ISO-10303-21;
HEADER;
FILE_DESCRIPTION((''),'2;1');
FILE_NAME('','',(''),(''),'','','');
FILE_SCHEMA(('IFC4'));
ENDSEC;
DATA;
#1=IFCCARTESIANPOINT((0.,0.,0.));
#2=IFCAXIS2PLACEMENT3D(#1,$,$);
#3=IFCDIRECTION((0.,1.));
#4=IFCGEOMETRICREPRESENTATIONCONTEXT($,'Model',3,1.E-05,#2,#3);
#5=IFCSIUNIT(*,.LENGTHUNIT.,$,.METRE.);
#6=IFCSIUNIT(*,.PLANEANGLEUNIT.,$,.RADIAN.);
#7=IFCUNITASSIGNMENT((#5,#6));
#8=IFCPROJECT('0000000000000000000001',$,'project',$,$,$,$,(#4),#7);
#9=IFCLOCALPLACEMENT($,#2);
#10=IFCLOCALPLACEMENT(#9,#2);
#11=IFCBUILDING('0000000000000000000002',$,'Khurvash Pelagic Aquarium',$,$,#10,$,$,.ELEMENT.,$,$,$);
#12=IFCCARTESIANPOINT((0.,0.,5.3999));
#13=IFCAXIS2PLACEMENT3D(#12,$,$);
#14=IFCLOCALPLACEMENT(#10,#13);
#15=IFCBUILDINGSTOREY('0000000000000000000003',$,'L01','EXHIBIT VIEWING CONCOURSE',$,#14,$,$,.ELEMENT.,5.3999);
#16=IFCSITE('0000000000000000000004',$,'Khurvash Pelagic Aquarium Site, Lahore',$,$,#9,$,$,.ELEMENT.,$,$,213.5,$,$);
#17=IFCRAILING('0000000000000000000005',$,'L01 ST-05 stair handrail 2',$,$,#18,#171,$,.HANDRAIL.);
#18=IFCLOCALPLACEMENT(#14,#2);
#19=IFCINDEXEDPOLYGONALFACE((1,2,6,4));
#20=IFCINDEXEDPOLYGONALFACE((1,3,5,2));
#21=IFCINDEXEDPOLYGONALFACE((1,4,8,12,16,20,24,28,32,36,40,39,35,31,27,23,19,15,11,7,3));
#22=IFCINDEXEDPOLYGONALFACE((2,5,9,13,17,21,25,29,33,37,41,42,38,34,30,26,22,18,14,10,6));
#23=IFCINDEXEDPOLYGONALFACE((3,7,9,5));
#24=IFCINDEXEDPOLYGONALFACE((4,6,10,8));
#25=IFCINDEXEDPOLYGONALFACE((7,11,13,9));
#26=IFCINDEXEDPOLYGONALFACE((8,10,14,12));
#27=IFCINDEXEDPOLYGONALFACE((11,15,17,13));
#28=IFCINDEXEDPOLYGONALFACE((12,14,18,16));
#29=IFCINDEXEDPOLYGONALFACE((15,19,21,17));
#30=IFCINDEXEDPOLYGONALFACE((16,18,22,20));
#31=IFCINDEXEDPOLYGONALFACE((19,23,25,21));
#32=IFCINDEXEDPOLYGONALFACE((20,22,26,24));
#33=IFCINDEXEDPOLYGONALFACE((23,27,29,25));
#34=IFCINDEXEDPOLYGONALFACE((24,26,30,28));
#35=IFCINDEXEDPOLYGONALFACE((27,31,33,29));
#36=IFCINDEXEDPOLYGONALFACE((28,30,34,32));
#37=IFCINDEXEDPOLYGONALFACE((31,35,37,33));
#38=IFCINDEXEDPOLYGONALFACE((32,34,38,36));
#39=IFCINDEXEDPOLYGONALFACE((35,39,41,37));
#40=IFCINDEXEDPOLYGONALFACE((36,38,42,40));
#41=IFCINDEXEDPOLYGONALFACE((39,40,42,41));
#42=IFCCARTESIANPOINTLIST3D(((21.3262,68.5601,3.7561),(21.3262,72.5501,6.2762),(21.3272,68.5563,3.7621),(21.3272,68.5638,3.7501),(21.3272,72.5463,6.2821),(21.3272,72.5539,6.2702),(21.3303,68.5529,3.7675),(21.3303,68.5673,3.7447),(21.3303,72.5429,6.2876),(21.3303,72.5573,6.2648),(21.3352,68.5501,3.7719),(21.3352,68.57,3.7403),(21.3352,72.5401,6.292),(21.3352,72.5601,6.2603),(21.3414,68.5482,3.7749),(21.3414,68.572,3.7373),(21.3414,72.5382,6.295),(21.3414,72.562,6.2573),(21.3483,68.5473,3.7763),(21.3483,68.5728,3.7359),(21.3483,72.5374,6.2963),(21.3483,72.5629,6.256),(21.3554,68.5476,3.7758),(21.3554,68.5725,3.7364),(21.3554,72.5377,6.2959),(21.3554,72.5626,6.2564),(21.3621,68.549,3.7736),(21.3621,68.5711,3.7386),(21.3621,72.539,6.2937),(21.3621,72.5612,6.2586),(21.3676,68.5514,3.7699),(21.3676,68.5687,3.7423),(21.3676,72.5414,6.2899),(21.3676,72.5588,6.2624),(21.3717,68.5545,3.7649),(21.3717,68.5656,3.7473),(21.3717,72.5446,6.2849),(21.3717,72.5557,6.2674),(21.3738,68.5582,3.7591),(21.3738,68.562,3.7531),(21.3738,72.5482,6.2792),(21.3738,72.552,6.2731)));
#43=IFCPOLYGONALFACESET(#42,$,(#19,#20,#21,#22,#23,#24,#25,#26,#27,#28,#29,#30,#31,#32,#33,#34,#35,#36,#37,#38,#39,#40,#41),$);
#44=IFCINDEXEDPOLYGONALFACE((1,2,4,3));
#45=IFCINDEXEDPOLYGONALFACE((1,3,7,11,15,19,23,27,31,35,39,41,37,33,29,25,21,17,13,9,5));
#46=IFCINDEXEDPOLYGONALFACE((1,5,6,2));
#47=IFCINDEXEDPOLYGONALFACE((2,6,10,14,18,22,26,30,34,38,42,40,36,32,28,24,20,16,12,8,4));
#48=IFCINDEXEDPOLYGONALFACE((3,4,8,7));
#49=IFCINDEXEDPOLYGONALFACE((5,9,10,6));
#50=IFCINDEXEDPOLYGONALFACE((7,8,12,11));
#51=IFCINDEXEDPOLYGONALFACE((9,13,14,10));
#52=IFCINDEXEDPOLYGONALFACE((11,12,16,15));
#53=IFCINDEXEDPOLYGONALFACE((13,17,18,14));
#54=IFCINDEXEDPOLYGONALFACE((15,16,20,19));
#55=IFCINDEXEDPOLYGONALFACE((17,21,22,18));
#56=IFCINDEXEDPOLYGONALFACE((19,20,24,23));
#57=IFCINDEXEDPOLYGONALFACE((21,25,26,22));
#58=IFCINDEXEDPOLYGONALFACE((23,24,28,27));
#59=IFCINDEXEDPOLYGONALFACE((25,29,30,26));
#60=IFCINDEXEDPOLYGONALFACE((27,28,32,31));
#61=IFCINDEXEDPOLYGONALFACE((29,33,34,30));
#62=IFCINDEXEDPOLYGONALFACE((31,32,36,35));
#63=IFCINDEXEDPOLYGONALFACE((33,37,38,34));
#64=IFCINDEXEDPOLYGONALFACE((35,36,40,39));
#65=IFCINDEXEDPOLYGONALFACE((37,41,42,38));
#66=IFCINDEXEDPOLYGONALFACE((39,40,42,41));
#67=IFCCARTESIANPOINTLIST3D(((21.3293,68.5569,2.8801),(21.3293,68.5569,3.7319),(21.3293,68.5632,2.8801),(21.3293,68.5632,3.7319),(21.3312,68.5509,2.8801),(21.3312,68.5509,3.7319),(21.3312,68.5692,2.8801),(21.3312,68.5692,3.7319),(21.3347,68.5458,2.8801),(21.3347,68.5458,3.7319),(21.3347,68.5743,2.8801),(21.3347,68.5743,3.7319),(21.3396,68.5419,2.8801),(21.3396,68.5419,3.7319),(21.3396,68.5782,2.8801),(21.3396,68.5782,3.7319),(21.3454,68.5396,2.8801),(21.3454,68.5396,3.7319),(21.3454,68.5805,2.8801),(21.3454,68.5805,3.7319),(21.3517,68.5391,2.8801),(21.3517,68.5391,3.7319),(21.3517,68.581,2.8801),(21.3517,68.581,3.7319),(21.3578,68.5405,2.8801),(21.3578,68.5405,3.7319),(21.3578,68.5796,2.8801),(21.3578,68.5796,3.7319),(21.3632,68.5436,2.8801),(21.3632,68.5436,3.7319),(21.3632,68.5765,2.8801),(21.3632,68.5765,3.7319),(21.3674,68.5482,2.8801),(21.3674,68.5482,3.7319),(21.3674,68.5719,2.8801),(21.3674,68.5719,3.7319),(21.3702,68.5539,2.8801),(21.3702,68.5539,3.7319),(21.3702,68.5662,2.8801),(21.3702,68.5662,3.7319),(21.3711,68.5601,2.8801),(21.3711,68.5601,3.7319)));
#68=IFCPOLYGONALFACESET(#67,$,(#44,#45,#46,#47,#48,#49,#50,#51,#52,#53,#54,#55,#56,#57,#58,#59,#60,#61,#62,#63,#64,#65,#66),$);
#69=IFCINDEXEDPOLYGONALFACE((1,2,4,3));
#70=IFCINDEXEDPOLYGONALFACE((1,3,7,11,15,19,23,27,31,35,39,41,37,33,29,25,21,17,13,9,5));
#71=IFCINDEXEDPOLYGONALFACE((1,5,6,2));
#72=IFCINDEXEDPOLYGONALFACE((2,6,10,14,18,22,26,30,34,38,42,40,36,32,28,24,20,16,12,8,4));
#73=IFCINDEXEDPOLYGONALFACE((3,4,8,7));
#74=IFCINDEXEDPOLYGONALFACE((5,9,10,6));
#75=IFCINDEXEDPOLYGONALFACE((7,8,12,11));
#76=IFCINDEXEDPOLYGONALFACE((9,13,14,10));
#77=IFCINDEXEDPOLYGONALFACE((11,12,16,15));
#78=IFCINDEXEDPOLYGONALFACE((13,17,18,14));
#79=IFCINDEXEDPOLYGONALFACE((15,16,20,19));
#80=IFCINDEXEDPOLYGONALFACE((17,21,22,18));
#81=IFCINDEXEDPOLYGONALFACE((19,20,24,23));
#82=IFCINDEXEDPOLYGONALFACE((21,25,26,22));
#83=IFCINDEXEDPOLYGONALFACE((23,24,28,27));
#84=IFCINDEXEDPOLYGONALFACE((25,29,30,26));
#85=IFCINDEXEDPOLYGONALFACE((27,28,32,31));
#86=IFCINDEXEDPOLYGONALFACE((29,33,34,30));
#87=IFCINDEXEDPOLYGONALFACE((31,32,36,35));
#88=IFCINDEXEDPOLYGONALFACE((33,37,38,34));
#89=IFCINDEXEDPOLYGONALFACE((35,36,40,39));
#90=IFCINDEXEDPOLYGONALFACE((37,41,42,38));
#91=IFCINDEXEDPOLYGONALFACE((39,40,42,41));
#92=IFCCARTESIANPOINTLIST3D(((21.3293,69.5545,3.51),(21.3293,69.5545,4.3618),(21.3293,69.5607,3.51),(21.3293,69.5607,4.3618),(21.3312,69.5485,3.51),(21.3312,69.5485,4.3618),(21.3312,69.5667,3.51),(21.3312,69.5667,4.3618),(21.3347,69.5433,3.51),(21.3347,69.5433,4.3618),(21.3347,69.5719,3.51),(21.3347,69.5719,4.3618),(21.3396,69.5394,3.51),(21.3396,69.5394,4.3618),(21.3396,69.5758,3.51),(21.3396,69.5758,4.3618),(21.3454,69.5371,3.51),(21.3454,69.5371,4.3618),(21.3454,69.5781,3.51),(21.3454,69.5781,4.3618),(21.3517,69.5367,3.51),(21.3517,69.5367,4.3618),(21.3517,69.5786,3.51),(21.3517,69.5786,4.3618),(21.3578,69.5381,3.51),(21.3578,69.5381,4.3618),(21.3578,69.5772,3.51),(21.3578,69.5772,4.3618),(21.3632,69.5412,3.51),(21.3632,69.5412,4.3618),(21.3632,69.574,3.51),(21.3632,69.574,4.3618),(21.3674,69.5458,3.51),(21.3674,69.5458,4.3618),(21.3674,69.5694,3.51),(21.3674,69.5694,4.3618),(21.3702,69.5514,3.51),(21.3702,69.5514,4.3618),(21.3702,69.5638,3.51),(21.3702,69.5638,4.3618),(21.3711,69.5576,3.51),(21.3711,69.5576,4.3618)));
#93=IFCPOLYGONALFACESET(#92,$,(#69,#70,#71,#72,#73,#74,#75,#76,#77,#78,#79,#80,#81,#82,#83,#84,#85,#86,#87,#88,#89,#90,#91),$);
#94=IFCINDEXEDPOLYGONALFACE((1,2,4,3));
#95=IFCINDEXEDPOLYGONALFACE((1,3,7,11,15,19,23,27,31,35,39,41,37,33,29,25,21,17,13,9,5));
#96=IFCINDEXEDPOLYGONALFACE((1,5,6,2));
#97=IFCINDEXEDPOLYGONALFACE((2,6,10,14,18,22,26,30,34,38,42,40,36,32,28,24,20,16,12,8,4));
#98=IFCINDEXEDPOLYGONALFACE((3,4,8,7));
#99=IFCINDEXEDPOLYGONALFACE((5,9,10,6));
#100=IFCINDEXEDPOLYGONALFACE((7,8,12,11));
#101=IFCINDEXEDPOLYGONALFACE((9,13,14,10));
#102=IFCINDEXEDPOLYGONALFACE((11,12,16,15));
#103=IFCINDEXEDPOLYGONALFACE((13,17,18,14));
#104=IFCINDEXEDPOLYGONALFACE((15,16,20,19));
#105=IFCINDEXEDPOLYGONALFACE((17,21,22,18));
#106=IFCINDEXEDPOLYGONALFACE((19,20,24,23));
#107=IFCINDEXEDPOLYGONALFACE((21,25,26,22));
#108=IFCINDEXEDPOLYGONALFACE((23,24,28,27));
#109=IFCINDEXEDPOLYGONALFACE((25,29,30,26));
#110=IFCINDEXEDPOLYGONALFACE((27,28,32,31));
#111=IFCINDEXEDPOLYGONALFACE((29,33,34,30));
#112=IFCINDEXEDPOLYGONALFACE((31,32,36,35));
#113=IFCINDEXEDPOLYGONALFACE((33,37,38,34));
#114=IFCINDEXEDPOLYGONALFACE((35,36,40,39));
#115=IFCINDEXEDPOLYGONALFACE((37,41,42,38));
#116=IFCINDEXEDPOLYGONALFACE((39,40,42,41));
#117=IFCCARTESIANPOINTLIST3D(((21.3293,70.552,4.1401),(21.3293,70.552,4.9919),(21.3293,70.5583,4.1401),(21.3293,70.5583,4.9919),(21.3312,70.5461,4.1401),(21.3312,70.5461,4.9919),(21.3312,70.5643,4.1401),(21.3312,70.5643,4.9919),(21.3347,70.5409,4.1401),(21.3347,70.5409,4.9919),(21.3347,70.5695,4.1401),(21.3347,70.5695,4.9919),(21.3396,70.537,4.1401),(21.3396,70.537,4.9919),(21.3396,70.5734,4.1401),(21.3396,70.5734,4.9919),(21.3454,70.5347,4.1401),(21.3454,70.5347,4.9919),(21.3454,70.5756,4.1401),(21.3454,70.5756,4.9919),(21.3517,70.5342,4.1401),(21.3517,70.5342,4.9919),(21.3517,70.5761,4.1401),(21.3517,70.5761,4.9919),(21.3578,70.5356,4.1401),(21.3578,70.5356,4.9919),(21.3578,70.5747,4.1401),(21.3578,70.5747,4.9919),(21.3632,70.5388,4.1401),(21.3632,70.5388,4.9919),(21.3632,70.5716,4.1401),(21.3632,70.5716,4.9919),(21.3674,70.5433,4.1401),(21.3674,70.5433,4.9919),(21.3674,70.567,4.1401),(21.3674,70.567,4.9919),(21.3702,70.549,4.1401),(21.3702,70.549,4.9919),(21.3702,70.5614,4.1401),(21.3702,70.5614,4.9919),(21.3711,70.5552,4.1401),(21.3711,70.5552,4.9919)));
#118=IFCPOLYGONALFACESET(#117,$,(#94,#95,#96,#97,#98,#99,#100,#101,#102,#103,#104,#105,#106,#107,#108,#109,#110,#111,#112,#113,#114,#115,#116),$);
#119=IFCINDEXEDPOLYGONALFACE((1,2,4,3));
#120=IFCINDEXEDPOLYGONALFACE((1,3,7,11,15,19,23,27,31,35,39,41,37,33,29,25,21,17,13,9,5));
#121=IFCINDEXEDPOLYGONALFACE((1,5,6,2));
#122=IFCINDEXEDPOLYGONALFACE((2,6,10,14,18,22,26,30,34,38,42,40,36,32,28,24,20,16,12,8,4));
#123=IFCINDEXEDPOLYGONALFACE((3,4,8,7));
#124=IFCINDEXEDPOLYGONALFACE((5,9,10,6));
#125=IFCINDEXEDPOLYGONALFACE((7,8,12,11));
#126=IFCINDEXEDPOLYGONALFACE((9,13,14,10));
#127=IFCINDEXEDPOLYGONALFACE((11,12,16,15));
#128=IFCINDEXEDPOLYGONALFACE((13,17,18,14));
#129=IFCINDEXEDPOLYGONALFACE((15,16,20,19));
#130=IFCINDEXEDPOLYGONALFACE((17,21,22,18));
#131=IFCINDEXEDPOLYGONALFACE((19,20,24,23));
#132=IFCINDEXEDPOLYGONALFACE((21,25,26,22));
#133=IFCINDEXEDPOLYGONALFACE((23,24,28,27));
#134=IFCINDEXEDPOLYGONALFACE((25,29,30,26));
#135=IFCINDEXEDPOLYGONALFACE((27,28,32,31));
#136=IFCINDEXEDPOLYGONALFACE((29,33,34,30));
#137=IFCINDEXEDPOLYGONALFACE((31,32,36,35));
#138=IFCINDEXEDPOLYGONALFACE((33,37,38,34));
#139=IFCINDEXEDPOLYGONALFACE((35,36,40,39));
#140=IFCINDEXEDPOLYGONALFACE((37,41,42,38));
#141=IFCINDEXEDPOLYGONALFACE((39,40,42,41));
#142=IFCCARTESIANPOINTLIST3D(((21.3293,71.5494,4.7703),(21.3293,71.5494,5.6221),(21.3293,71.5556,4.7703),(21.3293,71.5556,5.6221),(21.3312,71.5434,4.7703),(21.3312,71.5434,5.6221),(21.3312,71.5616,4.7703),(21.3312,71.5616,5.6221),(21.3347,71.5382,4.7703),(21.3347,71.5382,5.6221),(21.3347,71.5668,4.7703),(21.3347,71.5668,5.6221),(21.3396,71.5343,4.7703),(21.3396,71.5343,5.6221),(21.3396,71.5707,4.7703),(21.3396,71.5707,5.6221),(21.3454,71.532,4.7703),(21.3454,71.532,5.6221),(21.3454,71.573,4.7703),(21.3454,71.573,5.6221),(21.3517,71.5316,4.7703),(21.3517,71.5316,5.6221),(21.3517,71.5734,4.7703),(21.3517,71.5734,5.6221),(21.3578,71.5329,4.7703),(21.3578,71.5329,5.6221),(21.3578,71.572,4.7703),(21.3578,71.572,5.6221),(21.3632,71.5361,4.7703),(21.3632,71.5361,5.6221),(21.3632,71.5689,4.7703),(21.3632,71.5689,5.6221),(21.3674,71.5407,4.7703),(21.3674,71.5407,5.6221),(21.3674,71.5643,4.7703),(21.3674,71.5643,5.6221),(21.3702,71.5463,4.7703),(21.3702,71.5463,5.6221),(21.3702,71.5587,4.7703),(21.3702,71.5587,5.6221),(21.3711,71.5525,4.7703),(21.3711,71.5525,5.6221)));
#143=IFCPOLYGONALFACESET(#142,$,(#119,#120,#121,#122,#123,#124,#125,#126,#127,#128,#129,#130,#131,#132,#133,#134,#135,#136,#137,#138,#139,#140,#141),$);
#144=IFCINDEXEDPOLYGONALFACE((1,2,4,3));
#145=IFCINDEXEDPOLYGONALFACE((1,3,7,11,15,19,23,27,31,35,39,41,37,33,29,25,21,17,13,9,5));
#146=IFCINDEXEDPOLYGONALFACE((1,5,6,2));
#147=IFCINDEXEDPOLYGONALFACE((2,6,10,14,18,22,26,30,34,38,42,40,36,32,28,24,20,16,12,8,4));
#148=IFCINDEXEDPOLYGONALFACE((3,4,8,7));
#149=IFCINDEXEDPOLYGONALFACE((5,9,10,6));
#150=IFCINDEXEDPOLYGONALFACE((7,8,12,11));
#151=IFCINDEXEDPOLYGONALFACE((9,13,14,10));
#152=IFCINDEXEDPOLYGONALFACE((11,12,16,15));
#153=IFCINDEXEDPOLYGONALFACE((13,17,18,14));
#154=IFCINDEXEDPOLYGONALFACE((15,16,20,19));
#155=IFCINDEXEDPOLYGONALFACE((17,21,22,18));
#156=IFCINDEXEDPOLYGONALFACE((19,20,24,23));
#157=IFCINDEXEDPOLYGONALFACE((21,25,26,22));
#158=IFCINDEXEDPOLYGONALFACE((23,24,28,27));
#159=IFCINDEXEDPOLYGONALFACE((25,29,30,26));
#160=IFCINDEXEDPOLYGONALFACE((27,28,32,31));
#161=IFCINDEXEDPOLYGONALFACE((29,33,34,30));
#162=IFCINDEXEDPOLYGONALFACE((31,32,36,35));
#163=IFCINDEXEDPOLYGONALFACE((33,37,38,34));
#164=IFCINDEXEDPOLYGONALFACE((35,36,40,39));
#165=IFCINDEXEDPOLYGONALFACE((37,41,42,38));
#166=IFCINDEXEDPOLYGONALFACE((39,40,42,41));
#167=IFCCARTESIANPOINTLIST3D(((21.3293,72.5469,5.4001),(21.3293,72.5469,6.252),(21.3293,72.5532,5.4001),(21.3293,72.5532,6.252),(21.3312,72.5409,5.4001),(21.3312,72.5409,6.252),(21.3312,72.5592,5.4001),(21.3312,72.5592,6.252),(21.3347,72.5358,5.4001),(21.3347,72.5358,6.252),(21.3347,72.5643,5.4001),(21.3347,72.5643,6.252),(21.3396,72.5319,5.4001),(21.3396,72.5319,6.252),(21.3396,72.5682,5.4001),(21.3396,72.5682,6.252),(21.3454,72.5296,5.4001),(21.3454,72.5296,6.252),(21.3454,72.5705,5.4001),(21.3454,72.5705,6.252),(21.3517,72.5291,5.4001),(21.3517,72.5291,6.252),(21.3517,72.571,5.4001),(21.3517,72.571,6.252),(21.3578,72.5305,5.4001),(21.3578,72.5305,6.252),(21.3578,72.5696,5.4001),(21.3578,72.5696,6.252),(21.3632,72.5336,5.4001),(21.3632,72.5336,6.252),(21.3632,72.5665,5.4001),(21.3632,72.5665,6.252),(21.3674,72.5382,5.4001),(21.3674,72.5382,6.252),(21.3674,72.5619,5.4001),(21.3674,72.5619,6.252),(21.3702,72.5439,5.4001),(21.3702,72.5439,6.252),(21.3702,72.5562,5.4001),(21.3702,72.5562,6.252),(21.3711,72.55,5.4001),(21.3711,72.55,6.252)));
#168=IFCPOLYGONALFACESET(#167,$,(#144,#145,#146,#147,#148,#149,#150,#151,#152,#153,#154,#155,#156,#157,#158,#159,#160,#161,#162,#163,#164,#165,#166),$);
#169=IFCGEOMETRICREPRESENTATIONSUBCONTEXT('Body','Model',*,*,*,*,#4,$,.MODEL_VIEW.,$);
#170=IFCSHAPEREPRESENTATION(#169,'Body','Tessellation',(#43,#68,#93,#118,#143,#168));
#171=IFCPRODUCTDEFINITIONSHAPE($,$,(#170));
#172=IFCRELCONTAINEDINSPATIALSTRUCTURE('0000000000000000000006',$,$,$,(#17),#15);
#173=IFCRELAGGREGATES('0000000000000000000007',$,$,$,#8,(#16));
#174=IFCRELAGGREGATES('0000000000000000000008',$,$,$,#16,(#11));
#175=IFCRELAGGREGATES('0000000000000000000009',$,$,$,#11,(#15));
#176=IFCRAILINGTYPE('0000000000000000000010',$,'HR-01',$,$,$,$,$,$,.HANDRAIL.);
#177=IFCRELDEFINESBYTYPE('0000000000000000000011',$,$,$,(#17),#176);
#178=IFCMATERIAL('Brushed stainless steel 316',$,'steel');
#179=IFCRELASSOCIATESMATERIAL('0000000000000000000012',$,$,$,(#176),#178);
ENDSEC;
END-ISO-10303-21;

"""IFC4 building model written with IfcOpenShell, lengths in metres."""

from ifc_helpers import new_model, si_unit, direction, frame, origin, origin_2d, place, context, subcontext, project, spatial, circle, extrude, material, type_object, element, save


model = new_model("IFC4")

# Units and contexts
model_context = context("Model", 3, precision=1e-05, world=origin(), true_north=direction((0.0, 1.0)))
body_context = subcontext(model_context, "Body", "Model", "MODEL_VIEW")
ifc_project = project(units=[si_unit("LENGTHUNIT", "METRE"), si_unit("PLANEANGLEUNIT", "RADIAN")], contexts=[model_context])

# Site, building, storey
site_placement = place(None, origin())
site = spatial("IfcSite", under=ifc_project, at=site_placement, Name="Khurvash Pelagic Aquarium Site, Lahore", CompositionType="ELEMENT", RefElevation=213.5)
building_placement = place(site_placement, origin())
building = spatial("IfcBuilding", under=site, at=building_placement, Name="Khurvash Pelagic Aquarium", CompositionType="ELEMENT")
storey_placement = place(building_placement, frame((0.0, 0.0, 5.3999)))
storey = spatial("IfcBuildingStorey", under=building, at=storey_placement, Name="L01", Description="EXHIBIT VIEWING CONCOURSE", CompositionType="ELEMENT", Elevation=5.3999)

# Railing
ifc_material_1 = material(Name="Brushed stainless steel 316", Category="steel")
railing_type_1 = type_object("IfcRailingType", Name="HR-01", PredefinedType="HANDRAIL", material=ifc_material_1)
railing_1_placement = place(storey_placement, frame((21.3501, 68.5601, 2.8801)))
element("IfcRailing", 1, at=railing_1_placement, inside=storey, type_object=railing_type_1, Name="L01 ST-05 stair handrail 2", PredefinedType="HANDRAIL", context=body_context, shape_type="SweptSolid", body=[
    extrude(circle(Radius=0.0239, at=origin_2d()), frame((0.0, 0.0, 0.876), z_axis=(0.0, 0.845486, 0.533997), x_axis=(-1.0, 0.0, 0.0)), (0.0, 0.0, 1.0), 4.7192),
    extrude(circle(Radius=0.021, at=origin_2d()), origin(), (0.0, 0.0, 1.0), 0.8518),
    extrude(circle(Radius=0.021, at=origin_2d()), frame((0.0, 0.9976, 0.6299)), (0.0, 0.0, 1.0), 0.8518),
    extrude(circle(Radius=0.021, at=origin_2d()), frame((0.0, 1.9951, 1.26)), (0.0, 0.0, 1.0), 0.8518),
    extrude(circle(Radius=0.021, at=origin_2d()), frame((0.0, 2.9924, 1.8901)), (0.0, 0.0, 1.0), 0.8518),
    extrude(circle(Radius=0.021, at=origin_2d()), frame((0.0, 3.99, 2.52)), (0.0, 0.0, 1.0), 0.8518),
])

save(model, "model.ifc")
